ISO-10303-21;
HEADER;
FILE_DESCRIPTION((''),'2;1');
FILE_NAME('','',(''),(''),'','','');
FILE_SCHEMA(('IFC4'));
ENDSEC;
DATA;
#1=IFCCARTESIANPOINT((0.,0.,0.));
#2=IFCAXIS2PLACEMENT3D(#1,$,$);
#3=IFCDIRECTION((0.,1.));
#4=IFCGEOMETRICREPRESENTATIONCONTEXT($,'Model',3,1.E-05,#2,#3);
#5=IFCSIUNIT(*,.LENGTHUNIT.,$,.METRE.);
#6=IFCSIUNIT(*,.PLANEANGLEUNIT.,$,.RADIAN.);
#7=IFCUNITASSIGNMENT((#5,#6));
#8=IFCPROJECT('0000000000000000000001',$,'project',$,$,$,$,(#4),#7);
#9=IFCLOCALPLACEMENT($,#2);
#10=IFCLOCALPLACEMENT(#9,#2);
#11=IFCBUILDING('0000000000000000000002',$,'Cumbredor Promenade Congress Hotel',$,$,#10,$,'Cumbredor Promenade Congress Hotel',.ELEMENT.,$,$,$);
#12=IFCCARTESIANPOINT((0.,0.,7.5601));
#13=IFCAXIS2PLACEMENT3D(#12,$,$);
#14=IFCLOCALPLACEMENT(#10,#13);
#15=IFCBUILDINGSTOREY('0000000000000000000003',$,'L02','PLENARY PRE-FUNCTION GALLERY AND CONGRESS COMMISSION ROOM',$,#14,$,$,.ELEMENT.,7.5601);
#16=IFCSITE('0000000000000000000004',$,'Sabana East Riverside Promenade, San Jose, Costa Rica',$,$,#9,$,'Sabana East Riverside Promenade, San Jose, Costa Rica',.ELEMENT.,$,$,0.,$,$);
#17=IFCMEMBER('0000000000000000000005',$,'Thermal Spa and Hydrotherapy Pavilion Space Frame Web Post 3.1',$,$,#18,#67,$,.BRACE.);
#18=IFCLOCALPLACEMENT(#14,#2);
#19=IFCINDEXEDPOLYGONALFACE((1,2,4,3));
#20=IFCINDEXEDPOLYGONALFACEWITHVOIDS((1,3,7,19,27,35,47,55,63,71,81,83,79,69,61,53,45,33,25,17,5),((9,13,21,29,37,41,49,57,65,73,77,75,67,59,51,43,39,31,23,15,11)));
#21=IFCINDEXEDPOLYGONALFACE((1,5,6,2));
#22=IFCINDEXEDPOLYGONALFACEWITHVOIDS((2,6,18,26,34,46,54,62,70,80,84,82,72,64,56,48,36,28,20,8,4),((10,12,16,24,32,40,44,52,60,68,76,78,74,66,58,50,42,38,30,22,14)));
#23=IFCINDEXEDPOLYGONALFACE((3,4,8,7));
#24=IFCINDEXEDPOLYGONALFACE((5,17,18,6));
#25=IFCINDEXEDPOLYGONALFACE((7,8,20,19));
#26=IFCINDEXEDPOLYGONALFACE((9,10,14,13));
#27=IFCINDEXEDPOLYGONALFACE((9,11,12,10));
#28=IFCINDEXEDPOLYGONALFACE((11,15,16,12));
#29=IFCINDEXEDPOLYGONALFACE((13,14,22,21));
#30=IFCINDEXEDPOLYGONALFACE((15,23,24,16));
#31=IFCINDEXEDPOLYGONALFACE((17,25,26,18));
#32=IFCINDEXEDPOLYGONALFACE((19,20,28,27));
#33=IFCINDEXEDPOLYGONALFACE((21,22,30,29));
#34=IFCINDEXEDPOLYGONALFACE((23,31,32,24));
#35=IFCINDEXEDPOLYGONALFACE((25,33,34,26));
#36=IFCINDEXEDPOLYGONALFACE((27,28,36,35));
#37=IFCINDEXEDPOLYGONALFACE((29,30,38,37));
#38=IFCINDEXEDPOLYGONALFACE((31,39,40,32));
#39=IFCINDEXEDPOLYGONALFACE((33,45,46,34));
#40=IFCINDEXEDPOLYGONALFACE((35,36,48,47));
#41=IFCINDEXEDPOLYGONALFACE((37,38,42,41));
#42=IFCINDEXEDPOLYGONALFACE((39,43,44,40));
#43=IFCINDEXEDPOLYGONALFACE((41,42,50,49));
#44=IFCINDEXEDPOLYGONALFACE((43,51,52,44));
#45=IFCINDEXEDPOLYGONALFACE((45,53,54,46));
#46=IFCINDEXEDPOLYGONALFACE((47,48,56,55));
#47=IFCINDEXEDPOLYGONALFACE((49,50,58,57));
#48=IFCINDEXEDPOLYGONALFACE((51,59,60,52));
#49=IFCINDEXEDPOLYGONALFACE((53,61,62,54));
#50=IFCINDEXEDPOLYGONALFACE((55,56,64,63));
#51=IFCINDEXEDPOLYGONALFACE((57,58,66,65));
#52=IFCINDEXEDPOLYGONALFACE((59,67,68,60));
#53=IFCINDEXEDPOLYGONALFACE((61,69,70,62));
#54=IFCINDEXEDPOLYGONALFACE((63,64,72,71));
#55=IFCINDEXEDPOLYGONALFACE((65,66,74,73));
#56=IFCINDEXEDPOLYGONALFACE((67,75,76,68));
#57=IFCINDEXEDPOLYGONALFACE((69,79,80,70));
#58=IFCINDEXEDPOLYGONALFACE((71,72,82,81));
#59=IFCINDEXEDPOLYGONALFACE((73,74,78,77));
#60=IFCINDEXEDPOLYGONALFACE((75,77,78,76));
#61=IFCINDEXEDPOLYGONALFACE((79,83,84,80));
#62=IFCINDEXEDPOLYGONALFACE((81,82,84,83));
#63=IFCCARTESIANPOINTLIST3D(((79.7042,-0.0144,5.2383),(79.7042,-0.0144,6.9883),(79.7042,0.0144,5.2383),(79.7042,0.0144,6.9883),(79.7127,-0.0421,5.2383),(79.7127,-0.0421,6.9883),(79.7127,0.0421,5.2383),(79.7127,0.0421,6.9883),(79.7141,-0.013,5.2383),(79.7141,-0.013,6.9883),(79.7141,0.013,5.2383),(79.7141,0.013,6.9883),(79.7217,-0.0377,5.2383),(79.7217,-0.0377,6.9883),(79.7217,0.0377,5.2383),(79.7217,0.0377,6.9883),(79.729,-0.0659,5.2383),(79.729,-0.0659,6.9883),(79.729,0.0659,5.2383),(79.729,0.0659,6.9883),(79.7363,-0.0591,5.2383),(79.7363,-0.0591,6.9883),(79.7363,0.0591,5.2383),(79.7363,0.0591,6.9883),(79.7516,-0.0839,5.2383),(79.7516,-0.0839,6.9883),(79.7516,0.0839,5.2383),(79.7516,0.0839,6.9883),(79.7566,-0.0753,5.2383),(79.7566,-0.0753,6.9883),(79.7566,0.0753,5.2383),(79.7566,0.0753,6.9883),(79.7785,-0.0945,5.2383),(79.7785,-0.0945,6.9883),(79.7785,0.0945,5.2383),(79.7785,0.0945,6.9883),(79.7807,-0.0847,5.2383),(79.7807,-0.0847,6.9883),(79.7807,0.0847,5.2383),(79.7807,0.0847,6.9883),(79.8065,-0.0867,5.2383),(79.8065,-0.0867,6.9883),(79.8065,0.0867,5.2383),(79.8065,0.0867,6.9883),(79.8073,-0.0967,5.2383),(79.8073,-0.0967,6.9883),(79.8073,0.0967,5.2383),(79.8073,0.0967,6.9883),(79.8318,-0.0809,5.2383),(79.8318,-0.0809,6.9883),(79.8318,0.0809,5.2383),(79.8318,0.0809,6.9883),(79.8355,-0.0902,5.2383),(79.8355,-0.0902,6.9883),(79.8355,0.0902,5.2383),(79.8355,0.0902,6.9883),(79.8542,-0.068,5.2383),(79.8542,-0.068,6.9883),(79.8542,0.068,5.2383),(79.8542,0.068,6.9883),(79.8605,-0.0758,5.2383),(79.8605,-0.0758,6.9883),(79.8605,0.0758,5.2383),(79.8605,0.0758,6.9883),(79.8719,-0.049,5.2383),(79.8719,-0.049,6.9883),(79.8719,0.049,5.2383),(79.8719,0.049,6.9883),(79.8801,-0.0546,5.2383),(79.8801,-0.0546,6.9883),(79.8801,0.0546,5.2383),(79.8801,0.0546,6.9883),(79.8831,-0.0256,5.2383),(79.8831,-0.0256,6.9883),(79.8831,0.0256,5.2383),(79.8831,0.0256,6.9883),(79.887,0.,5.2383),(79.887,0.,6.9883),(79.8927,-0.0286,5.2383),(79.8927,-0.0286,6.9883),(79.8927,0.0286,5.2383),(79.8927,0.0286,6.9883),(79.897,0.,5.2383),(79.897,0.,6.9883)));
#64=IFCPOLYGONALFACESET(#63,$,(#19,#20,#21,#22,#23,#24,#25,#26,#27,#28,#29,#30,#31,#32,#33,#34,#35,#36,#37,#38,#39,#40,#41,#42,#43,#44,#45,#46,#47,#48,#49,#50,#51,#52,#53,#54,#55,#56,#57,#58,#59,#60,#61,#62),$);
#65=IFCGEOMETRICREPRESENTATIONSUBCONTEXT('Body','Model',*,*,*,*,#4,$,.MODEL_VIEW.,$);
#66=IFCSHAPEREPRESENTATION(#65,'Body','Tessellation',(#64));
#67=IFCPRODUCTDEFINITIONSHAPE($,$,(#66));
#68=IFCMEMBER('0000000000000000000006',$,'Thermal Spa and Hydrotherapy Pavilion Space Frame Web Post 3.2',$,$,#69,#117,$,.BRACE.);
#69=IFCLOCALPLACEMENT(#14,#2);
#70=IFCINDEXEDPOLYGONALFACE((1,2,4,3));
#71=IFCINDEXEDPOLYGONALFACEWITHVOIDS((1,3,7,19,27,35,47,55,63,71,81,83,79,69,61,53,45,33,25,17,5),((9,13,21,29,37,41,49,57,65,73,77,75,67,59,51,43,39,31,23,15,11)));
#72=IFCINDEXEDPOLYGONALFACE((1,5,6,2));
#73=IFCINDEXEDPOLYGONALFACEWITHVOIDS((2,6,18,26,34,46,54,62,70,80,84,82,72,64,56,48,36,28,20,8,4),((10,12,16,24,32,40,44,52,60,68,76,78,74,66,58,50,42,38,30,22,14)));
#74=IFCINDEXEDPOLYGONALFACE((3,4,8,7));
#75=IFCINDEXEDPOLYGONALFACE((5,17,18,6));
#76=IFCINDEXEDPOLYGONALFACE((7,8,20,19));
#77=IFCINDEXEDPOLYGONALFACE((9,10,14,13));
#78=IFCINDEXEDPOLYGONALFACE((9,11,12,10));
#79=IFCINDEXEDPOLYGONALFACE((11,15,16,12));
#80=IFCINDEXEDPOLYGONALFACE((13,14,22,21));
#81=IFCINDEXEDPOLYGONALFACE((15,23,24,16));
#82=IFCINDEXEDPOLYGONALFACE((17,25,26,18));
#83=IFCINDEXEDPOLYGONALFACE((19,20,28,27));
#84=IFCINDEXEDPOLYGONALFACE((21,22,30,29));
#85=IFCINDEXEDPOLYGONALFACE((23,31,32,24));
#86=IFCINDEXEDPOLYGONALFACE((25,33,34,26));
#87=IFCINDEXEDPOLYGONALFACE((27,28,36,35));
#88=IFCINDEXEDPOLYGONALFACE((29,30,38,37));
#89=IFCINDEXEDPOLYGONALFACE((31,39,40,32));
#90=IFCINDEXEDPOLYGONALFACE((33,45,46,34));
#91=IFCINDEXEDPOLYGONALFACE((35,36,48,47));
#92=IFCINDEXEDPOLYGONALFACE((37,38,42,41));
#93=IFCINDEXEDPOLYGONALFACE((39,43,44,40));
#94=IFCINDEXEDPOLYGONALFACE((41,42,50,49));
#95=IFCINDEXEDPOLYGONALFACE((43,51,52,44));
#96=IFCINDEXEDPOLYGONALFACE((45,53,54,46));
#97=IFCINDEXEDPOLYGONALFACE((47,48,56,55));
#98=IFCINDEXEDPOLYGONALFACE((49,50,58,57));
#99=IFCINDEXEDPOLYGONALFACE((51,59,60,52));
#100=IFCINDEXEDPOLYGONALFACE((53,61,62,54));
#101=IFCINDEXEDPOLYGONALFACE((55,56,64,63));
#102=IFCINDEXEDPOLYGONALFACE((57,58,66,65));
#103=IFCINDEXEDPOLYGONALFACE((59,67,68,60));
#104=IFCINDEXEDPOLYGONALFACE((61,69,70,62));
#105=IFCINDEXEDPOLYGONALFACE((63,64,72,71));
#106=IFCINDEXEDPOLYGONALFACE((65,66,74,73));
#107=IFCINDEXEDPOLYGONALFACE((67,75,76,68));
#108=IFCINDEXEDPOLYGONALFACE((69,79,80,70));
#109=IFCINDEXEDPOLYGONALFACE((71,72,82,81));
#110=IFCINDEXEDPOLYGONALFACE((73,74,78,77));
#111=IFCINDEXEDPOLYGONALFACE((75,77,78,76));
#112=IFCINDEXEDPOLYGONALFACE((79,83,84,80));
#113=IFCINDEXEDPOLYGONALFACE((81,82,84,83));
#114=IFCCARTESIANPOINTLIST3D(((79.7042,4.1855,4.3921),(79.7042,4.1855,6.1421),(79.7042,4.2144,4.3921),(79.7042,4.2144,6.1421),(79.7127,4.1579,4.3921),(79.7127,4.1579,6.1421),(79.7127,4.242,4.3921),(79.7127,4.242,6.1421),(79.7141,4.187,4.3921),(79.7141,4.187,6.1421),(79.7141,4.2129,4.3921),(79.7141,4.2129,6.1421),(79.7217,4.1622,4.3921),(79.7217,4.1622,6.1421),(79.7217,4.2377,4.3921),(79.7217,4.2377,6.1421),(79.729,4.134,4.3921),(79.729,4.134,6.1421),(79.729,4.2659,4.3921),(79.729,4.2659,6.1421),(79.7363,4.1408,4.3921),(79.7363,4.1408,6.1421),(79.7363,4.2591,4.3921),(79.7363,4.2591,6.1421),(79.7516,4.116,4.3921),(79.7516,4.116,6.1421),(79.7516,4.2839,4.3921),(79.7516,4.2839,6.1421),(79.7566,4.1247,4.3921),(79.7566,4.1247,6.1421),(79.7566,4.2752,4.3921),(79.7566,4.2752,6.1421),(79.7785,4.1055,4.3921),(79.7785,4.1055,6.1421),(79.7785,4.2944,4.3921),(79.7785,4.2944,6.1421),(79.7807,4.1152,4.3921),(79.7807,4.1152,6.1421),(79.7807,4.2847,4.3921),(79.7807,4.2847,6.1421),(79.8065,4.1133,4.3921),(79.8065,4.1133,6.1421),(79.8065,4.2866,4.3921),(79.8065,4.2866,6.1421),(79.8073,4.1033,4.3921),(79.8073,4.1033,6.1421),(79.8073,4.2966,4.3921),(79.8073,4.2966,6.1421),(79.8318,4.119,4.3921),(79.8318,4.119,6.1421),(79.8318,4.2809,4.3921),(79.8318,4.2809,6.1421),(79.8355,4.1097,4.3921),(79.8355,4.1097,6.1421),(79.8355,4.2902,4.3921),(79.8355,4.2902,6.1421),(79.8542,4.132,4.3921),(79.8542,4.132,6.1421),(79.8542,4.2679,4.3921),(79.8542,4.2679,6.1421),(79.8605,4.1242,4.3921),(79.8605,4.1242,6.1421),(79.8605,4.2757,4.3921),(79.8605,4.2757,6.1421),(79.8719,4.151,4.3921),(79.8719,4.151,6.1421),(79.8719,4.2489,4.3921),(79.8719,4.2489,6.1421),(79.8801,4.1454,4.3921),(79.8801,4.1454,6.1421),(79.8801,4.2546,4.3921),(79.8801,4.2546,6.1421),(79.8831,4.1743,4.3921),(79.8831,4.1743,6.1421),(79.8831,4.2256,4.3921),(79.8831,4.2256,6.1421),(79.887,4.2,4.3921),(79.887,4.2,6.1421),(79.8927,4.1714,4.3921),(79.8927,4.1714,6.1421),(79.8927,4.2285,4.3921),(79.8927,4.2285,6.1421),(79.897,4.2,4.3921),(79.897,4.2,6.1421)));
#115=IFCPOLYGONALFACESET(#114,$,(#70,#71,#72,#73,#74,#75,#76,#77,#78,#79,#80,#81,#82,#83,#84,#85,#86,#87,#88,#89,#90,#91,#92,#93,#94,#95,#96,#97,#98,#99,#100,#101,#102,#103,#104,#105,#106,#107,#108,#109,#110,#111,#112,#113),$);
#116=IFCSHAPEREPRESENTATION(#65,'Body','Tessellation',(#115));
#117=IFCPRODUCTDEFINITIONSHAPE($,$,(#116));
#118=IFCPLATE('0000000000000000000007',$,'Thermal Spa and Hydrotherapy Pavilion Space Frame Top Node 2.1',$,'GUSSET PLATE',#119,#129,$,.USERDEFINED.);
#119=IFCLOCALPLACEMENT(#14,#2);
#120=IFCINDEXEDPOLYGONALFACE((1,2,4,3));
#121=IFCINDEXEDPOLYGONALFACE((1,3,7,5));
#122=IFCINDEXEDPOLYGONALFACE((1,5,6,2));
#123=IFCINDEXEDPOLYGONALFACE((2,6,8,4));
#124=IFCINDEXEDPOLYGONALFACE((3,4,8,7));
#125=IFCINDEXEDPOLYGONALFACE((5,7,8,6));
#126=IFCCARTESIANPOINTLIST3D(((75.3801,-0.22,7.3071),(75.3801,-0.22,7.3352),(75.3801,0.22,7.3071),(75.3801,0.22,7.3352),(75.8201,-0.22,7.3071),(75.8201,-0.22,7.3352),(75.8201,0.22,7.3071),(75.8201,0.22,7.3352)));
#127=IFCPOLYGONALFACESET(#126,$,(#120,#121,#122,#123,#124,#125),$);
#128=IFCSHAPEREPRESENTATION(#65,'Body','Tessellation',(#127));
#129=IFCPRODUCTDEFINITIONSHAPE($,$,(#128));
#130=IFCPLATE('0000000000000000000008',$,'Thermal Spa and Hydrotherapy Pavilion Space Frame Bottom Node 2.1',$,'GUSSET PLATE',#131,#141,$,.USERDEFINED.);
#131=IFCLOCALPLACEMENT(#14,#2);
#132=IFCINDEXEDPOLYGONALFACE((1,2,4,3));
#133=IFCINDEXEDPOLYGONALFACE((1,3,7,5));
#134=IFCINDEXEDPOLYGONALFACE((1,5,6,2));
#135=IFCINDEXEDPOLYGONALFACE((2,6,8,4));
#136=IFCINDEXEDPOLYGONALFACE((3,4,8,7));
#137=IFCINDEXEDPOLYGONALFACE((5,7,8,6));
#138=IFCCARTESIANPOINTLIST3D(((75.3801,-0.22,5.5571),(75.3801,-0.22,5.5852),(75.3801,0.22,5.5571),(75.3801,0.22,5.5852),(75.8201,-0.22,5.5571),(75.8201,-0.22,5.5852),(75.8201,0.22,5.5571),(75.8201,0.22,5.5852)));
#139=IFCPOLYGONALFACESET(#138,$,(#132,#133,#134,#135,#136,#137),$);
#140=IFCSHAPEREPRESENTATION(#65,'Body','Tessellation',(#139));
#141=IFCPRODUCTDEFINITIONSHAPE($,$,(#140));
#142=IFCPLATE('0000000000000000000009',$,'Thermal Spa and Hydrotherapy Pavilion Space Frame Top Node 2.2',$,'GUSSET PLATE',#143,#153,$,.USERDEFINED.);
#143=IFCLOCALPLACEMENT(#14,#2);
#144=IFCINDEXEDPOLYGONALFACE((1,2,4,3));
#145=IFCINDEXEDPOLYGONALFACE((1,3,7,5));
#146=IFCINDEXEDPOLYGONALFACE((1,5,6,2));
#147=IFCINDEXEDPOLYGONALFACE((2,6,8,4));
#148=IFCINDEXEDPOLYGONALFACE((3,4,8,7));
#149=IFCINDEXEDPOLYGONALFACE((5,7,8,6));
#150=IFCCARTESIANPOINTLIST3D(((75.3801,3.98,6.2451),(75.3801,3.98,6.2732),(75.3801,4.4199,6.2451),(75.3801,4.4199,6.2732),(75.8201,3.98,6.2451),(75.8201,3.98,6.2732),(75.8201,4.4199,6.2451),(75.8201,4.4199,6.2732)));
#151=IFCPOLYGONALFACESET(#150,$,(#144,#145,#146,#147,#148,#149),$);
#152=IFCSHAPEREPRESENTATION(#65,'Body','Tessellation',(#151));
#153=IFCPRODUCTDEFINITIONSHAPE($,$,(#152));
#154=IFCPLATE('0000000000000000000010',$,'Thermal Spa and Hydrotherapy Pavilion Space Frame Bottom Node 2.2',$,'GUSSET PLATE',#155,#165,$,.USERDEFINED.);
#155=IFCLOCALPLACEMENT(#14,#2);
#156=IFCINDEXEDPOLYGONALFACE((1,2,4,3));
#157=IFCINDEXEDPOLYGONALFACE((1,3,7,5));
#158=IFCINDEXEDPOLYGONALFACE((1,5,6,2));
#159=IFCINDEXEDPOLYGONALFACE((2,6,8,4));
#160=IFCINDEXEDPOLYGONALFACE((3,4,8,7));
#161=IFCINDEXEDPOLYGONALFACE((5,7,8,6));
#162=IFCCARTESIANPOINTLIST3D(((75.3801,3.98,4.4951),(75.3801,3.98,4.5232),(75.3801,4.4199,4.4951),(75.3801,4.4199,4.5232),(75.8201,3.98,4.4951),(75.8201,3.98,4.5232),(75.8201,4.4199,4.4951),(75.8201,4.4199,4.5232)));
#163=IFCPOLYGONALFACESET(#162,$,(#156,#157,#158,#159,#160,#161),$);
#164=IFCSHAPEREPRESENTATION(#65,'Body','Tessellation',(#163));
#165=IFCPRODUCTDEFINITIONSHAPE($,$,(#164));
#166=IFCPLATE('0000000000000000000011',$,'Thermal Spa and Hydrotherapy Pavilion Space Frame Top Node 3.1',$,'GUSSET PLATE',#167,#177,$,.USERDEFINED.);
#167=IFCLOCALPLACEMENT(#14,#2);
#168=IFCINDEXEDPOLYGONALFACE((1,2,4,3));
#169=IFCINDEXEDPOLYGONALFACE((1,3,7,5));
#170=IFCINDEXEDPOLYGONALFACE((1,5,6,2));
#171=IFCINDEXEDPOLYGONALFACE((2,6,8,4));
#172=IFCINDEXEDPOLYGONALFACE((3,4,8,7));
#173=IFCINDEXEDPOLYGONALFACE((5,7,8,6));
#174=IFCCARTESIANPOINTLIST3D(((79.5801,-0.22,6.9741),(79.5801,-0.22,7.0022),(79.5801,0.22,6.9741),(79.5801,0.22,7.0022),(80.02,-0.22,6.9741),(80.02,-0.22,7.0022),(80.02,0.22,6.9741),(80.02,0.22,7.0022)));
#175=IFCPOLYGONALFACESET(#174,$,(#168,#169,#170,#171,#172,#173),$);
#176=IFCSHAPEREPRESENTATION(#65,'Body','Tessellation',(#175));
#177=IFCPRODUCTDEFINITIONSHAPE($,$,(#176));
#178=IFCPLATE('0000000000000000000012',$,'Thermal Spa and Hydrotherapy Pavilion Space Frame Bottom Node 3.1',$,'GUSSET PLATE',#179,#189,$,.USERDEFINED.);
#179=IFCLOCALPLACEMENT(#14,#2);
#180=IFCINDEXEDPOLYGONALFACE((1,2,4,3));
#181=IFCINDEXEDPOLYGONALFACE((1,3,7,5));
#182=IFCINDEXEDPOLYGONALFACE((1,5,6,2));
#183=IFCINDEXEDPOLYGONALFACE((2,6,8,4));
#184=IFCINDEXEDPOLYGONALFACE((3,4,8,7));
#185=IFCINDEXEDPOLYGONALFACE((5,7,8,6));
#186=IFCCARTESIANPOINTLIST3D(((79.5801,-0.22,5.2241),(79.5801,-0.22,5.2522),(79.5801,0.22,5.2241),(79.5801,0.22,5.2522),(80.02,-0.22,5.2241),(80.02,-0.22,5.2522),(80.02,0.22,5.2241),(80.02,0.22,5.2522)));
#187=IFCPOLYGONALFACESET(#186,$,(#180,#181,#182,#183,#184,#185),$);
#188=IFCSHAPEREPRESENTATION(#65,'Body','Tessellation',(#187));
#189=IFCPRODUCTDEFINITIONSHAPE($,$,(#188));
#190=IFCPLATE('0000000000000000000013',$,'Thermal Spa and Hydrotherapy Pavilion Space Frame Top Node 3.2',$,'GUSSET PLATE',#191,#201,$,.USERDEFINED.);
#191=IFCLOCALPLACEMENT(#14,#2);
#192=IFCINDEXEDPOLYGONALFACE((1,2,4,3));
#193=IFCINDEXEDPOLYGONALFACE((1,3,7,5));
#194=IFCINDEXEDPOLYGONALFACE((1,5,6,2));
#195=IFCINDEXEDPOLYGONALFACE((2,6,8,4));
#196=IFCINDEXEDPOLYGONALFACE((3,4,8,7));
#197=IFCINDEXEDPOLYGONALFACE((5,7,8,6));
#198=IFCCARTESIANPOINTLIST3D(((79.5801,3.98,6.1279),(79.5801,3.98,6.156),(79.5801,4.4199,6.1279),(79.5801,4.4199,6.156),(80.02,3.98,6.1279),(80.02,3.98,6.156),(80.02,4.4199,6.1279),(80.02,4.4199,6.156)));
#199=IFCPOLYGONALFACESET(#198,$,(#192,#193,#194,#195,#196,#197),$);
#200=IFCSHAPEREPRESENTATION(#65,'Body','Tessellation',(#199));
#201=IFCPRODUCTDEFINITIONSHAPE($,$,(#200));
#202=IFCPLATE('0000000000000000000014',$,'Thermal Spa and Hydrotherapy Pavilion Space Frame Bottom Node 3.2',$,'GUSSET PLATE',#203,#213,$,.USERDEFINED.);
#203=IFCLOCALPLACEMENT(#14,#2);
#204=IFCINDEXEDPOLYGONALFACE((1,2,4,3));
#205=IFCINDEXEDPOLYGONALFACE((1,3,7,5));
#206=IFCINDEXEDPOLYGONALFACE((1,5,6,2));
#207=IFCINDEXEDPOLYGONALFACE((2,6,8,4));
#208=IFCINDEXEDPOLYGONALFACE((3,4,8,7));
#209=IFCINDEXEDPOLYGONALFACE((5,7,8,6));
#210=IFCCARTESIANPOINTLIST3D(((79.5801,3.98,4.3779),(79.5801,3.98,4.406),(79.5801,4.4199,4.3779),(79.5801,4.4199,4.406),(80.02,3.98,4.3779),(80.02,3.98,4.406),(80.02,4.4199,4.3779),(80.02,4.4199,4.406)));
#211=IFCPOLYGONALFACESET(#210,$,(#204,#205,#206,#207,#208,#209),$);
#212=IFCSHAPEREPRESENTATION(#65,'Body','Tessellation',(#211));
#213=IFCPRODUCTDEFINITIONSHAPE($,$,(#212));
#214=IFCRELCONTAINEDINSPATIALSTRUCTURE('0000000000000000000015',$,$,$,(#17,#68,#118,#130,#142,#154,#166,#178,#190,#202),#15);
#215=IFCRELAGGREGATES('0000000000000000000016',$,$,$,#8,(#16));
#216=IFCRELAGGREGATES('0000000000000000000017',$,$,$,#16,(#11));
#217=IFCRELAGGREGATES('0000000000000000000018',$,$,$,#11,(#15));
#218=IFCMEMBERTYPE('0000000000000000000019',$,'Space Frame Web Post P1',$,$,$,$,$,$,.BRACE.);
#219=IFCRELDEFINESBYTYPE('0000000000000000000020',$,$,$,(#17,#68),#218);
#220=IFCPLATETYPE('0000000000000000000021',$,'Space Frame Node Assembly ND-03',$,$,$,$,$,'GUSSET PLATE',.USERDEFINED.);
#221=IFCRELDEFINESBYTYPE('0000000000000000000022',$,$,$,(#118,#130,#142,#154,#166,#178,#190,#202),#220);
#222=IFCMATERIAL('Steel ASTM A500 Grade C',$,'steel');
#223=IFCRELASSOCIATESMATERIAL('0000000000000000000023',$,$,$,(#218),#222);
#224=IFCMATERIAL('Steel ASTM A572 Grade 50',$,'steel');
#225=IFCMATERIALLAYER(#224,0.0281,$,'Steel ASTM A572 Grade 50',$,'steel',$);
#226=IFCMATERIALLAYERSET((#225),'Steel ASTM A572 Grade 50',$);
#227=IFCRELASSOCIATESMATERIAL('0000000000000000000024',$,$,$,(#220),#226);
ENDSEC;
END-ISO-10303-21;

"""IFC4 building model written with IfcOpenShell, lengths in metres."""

from ifc_helpers import new_model, si_unit, direction, frame, origin, origin_2d, place, context, subcontext, project, spatial, rectangle, hollow_circle, extrude, material, layer, layer_set, material_profile, profile_set, type_object, element, save


model = new_model("IFC4")

# Units and contexts
model_context = context("Model", 3, precision=1e-05, world=origin(), true_north=direction((0.0, 1.0)))
body_context = subcontext(model_context, "Body", "Model", "MODEL_VIEW")
ifc_project = project(units=[si_unit("LENGTHUNIT", "METRE"), si_unit("PLANEANGLEUNIT", "RADIAN")], contexts=[model_context])

# Site, building, storey
site_placement = place(None, origin())
site = spatial("IfcSite", under=ifc_project, at=site_placement, Name="Sabana East Riverside Promenade, San Jose, Costa Rica", LongName="Sabana East Riverside Promenade, San Jose, Costa Rica", CompositionType="ELEMENT", RefElevation=0.0)
building_placement = place(site_placement, origin())
building = spatial("IfcBuilding", under=site, at=building_placement, Name="Cumbredor Promenade Congress Hotel", LongName="Cumbredor Promenade Congress Hotel", CompositionType="ELEMENT")
storey_placement = place(building_placement, frame((0.0, 0.0, 7.5601)))
storey = spatial("IfcBuildingStorey", under=building, at=storey_placement, Name="L02", Description="PLENARY PRE-FUNCTION GALLERY AND CONGRESS COMMISSION ROOM", CompositionType="ELEMENT", Elevation=7.5601)

# Members
ifc_material_1 = material(Name="Steel ASTM A500 Grade C", Category="steel")
ifc_material_profile_1 = material_profile(ifc_material_1, hollow_circle(Radius=0.0969, WallThickness=0.01, at=origin_2d()), Name="CHS 193.7x10")
ifc_profile_set_1 = profile_set([ifc_material_profile_1], Name="Steel ASTM A500 Grade C")
member_type_1 = type_object("IfcMemberType", Name="Space Frame Web Post P1", PredefinedType="BRACE", material=ifc_profile_set_1)
for number, where, z_axis, x_axis, name in (
    (1, (79.8, 0.0, 5.2383), (0.0, 0.0, 1.0), (1.0, 0.0, 0.0), "Thermal Spa and Hydrotherapy Pavilion Space Frame Web Post 3.1"),
    (2, (79.8, 4.2, 4.3921), (0.0, 0.0, 1.0), (1.0, 0.0, 0.0), "Thermal Spa and Hydrotherapy Pavilion Space Frame Web Post 3.2"),
):
    element("IfcMember", number, at=place(storey_placement, frame(where, z_axis=z_axis, x_axis=x_axis)), inside=storey, type_object=member_type_1, Name=name, PredefinedType="BRACE", context=body_context, shape_type="SweptSolid", body=[
        extrude(hollow_circle(Radius=0.0969, WallThickness=0.01, at=origin_2d()), origin(), (0.0, 0.0, 1.0), 1.75),
    ])

# Plates
ifc_material_2 = material(Name="Steel ASTM A572 Grade 50", Category="steel")
ifc_layer = layer(ifc_material_2, 0.0281, Name="Steel ASTM A572 Grade 50", Category="steel")
ifc_layer_set = layer_set([ifc_layer], Name="Steel ASTM A572 Grade 50")
plate_type = type_object("IfcPlateType", Name="Space Frame Node Assembly ND-03", ElementType="GUSSET PLATE", PredefinedType="USERDEFINED", material=ifc_layer_set)
for number, where, z_axis, x_axis, name in (
    (3, (75.6001, 0.0, 7.3071), (0.0, 0.0, 1.0), (1.0, 0.0, 0.0), "Thermal Spa and Hydrotherapy Pavilion Space Frame Top Node 2.1"),
    (4, (75.6001, 0.0, 5.5571), (0.0, 0.0, 1.0), (1.0, 0.0, 0.0), "Thermal Spa and Hydrotherapy Pavilion Space Frame Bottom Node 2.1"),
    (5, (75.6001, 4.2, 6.2451), (0.0, 0.0, 1.0), (1.0, 0.0, 0.0), "Thermal Spa and Hydrotherapy Pavilion Space Frame Top Node 2.2"),
    (6, (75.6001, 4.2, 4.4951), (0.0, 0.0, 1.0), (1.0, 0.0, 0.0), "Thermal Spa and Hydrotherapy Pavilion Space Frame Bottom Node 2.2"),
    (7, (79.8, 0.0, 6.9741), (0.0, 0.0, 1.0), (1.0, 0.0, 0.0), "Thermal Spa and Hydrotherapy Pavilion Space Frame Top Node 3.1"),
    (8, (79.8, 0.0, 5.2241), (0.0, 0.0, 1.0), (1.0, 0.0, 0.0), "Thermal Spa and Hydrotherapy Pavilion Space Frame Bottom Node 3.1"),
    (9, (79.8, 4.2, 6.1279), (0.0, 0.0, 1.0), (1.0, 0.0, 0.0), "Thermal Spa and Hydrotherapy Pavilion Space Frame Top Node 3.2"),
    (10, (79.8, 4.2, 4.3779), (0.0, 0.0, 1.0), (1.0, 0.0, 0.0), "Thermal Spa and Hydrotherapy Pavilion Space Frame Bottom Node 3.2"),
):
    element("IfcPlate", number, at=place(storey_placement, frame(where, z_axis=z_axis, x_axis=x_axis)), inside=storey, type_object=plate_type, Name=name, ObjectType="GUSSET PLATE", PredefinedType="USERDEFINED", context=body_context, shape_type="SweptSolid", body=[
        extrude(rectangle(XDim=0.4399, YDim=0.4399, at=origin_2d()), origin(), (0.0, 0.0, 1.0), 0.0281),
    ])

save(model, "model.ifc")
